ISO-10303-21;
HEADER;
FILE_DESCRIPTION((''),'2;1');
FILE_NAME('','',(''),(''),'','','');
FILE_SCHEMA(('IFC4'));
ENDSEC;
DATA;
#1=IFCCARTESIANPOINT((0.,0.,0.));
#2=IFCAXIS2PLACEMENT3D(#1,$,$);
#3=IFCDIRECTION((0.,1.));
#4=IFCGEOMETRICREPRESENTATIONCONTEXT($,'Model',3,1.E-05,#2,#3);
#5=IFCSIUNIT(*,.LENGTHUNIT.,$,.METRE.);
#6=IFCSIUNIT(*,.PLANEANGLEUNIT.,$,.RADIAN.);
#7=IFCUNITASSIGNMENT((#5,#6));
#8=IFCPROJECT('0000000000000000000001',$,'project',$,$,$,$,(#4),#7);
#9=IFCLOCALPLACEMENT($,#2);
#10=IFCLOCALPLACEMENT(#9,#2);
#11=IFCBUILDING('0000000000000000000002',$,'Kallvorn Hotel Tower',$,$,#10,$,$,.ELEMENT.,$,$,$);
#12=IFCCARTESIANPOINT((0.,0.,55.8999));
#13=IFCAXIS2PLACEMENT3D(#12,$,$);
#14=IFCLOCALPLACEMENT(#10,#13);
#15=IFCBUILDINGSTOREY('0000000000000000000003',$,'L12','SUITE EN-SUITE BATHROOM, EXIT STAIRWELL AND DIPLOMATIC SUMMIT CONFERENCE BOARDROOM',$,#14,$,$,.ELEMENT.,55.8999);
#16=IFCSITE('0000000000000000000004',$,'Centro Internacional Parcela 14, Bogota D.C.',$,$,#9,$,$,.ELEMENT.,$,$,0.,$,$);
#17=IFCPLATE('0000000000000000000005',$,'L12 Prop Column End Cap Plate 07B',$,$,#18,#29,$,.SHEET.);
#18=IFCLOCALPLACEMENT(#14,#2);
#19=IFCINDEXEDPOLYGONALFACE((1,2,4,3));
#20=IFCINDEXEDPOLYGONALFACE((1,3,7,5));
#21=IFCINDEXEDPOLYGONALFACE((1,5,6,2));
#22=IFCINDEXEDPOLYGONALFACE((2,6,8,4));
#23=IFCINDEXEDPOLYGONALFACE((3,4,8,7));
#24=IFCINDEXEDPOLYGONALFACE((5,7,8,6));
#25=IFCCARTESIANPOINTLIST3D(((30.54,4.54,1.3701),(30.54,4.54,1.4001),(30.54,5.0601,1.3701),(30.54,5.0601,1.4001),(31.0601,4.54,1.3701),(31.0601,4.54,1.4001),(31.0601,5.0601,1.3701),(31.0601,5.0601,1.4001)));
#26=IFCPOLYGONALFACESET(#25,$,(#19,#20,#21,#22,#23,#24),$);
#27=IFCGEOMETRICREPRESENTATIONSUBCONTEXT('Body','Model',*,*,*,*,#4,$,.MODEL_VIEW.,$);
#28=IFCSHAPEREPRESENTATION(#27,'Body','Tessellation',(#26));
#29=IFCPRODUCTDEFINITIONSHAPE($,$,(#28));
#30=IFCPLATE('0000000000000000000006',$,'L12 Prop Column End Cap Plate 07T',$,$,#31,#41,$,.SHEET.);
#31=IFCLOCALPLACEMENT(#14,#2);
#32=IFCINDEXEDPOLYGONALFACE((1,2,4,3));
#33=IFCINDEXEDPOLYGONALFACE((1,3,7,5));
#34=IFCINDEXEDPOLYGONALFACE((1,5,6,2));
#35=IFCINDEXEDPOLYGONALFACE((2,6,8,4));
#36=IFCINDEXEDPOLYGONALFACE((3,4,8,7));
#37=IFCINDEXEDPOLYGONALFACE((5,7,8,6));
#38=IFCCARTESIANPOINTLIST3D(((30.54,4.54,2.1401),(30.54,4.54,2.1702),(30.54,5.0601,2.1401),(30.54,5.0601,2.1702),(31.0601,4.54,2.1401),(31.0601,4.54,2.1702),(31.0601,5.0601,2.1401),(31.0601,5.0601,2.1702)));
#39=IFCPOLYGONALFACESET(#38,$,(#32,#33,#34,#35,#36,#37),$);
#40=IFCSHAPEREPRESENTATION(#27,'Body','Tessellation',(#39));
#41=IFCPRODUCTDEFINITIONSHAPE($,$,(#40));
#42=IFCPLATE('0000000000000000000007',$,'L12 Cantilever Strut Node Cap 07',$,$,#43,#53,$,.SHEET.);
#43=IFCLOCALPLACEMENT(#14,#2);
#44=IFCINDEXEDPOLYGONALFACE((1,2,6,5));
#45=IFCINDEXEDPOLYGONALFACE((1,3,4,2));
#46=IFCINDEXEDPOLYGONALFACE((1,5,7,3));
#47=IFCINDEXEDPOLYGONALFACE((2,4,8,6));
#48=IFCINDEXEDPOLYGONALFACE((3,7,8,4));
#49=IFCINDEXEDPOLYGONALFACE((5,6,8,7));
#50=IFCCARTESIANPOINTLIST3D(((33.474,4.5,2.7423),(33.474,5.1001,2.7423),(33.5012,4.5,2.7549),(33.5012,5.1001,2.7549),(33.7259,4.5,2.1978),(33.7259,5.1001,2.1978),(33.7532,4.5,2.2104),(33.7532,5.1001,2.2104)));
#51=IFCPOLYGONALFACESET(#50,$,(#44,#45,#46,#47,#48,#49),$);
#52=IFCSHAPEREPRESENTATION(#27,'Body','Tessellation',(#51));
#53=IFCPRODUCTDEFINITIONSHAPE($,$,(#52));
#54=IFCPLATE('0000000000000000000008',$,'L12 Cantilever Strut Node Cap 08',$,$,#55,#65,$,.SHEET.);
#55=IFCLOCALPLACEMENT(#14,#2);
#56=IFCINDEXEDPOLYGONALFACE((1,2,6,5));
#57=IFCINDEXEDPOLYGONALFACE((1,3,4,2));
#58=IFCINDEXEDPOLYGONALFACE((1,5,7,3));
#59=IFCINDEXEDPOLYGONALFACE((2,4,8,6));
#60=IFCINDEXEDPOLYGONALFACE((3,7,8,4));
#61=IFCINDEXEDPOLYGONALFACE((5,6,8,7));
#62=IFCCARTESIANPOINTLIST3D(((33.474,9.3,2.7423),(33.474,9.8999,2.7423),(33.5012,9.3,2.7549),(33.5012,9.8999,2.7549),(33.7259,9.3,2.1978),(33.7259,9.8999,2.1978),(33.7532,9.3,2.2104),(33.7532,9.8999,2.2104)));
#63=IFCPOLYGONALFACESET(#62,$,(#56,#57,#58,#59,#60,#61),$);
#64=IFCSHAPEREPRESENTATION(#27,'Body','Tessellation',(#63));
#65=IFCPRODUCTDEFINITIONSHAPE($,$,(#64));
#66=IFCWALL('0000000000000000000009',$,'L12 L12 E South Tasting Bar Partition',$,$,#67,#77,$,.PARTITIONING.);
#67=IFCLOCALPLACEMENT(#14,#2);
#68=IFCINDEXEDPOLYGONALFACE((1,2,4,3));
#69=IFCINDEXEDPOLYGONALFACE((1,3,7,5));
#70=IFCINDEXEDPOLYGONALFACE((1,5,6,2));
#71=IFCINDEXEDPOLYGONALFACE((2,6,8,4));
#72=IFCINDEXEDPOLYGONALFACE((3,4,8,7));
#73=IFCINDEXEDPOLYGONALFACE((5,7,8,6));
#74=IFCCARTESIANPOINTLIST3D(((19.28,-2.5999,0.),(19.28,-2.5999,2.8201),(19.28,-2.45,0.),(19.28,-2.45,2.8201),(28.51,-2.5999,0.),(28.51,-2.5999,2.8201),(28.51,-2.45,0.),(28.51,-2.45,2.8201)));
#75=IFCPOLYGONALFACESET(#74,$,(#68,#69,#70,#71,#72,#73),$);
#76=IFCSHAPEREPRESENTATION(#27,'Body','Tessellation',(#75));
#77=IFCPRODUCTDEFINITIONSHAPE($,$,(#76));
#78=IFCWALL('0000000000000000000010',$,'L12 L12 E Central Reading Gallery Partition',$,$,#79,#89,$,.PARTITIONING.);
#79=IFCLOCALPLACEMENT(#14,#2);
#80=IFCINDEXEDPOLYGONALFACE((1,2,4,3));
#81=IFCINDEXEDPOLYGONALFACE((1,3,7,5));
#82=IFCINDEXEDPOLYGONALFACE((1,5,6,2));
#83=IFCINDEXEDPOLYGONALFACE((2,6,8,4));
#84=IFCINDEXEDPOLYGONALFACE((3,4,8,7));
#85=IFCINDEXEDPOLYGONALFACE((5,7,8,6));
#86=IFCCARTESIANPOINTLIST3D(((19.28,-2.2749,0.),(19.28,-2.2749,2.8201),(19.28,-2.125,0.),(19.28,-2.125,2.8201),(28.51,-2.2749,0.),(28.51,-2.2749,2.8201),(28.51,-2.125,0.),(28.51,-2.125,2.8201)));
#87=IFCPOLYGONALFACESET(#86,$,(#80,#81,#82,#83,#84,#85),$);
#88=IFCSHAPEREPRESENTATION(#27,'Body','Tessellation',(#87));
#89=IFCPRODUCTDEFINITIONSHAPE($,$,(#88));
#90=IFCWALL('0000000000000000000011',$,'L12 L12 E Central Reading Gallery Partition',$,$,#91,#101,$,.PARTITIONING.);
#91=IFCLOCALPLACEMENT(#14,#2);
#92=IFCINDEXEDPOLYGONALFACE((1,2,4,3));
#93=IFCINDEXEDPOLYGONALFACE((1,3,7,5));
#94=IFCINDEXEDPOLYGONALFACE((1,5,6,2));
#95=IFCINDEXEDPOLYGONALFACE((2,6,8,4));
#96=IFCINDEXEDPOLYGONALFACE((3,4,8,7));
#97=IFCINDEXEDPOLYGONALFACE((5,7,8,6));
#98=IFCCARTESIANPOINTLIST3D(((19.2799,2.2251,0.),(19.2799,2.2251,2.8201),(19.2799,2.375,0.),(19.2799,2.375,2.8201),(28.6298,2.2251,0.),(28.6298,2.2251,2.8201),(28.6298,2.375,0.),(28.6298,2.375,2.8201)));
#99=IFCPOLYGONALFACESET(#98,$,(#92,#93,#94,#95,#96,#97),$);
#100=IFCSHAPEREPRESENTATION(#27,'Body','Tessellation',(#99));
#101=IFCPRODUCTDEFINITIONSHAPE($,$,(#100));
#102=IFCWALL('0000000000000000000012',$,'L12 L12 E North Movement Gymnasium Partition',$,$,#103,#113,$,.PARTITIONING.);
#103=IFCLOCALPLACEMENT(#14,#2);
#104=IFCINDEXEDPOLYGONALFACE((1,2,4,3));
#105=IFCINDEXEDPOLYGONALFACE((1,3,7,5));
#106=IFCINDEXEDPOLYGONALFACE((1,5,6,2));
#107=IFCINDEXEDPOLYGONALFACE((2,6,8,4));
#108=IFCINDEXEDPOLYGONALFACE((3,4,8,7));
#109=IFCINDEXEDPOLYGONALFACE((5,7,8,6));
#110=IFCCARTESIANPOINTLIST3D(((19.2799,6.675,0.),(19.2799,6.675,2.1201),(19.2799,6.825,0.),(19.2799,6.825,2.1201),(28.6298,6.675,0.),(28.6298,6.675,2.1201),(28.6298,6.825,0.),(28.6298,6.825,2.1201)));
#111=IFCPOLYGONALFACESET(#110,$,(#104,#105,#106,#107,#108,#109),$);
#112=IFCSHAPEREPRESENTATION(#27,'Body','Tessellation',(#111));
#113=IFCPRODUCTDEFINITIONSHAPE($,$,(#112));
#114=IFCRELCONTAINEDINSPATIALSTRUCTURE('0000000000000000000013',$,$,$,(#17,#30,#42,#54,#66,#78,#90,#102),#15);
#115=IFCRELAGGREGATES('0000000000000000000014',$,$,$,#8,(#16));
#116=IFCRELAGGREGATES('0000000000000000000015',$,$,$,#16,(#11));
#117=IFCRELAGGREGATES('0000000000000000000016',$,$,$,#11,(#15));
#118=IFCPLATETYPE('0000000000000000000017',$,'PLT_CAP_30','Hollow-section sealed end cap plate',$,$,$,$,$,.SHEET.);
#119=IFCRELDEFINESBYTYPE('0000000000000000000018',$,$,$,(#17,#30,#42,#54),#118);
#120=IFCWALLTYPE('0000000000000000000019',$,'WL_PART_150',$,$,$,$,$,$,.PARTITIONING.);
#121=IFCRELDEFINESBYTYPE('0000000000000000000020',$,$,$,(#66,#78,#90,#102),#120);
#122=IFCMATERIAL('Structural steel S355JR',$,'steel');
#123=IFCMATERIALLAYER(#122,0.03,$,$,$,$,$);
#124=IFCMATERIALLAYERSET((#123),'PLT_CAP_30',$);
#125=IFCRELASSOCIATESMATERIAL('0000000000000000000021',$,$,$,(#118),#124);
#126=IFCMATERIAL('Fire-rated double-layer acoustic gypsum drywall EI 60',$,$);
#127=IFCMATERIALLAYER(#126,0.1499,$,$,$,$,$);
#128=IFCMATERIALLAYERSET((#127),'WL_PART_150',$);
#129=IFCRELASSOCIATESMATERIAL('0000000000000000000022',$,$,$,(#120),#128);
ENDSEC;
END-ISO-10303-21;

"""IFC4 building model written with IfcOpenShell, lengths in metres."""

from ifc_helpers import new_model, si_unit, direction, frame, frame_2d, origin, origin_2d, place, context, subcontext, project, spatial, polyline, rectangle, outline, extrude, material, layer, layer_set, type_object, element, save


model = new_model("IFC4")

# Units and contexts
model_context = context("Model", 3, precision=1e-05, world=origin(), true_north=direction((0.0, 1.0)))
body_context = subcontext(model_context, "Body", "Model", "MODEL_VIEW")
ifc_project = project(units=[si_unit("LENGTHUNIT", "METRE"), si_unit("PLANEANGLEUNIT", "RADIAN")], contexts=[model_context])

# Site, building, storey
site_placement = place(None, origin())
site = spatial("IfcSite", under=ifc_project, at=site_placement, Name="Centro Internacional Parcela 14, Bogota D.C.", CompositionType="ELEMENT", RefElevation=0.0)
building_placement = place(site_placement, origin())
building = spatial("IfcBuilding", under=site, at=building_placement, Name="Kallvorn Hotel Tower", CompositionType="ELEMENT")
storey_placement = place(building_placement, frame((0.0, 0.0, 55.8999)))
storey = spatial("IfcBuildingStorey", under=building, at=storey_placement, Name="L12", Description="SUITE EN-SUITE BATHROOM, EXIT STAIRWELL AND DIPLOMATIC SUMMIT CONFERENCE BOARDROOM", CompositionType="ELEMENT", Elevation=55.8999)

# Plates
ifc_material_1 = material(Name="Structural steel S355JR", Category="steel")
ifc_layer_1 = layer(ifc_material_1, 0.03)
ifc_layer_set_1 = layer_set([ifc_layer_1], Name="PLT_CAP_30")
plate_type_1 = type_object("IfcPlateType", Name="PLT_CAP_30", Description="Hollow-section sealed end cap plate", PredefinedType="SHEET", material=ifc_layer_set_1)
for number, where, z_axis, x_axis, name in (
    (1, (30.8, 4.8, 1.3701), (0.0, 0.0, 1.0), (1.0, 0.0, 0.0), "L12 Prop Column End Cap Plate 07B"),
    (2, (30.8, 4.8, 2.1401), (0.0, 0.0, 1.0), (1.0, 0.0, 0.0), "L12 Prop Column End Cap Plate 07T"),
):
    element("IfcPlate", number, at=place(storey_placement, frame(where, z_axis=z_axis, x_axis=x_axis)), inside=storey, type_object=plate_type_1, Name=name, PredefinedType="SHEET", context=body_context, shape_type="SweptSolid", body=[
        extrude(rectangle(XDim=0.52, YDim=0.52, at=origin_2d()), origin(), (0.0, 0.0, 1.0), 0.03),
    ])
plate_1_placement = place(storey_placement, frame((33.7532, 4.5, 2.2104), z_axis=(0.90753, 0.0, 0.419987), x_axis=(0.0, 1.0, 0.0)))
element("IfcPlate", 3, at=plate_1_placement, inside=storey, type_object=plate_type_1, Name="L12 Cantilever Strut Node Cap 07", PredefinedType="SHEET", context=body_context, shape_type="SweptSolid", body=[
    extrude(outline(polyline([(0.0, 0.0), (0.6001, 0.0), (0.6001, 0.5999), (0.0, 0.5999), (0.0, 0.0)])), origin(), (0.0, 0.0, -1.0), 0.03),
])
plate_2_placement = place(storey_placement, frame((33.7532, 9.3, 2.2104), z_axis=(0.90753, 0.0, 0.419987), x_axis=(0.0, 1.0, 0.0)))
element("IfcPlate", 4, at=plate_2_placement, inside=storey, type_object=plate_type_1, Name="L12 Cantilever Strut Node Cap 08", PredefinedType="SHEET", context=body_context, shape_type="SweptSolid", body=[
    extrude(outline(polyline([(0.0, 0.0), (0.5999, 0.0), (0.5999, 0.5999), (0.0, 0.5999), (0.0, 0.0)])), origin(), (0.0, 0.0, -1.0), 0.03),
])

# Walls
ifc_material_2 = material(Name="Fire-rated double-layer acoustic gypsum drywall EI 60")
ifc_layer_2 = layer(ifc_material_2, 0.1499)
ifc_layer_set_2 = layer_set([ifc_layer_2], Name="WL_PART_150")
wall_type = type_object("IfcWallType", Name="WL_PART_150", PredefinedType="PARTITIONING", material=ifc_layer_set_2)
for number, where, z_axis, x_axis, name in (
    (5, (19.28, -2.5249, 0.0), (0.0, 0.0, 1.0), (1.0, 0.0, 0.0), "L12 L12 E South Tasting Bar Partition"),
    (6, (19.28, -2.2, 0.0), (0.0, 0.0, 1.0), (1.0, 0.0, 0.0), "L12 L12 E Central Reading Gallery Partition"),
):
    element("IfcWall", number, at=place(storey_placement, frame(where, z_axis=z_axis, x_axis=x_axis)), inside=storey, type_object=wall_type, Name=name, PredefinedType="PARTITIONING", context=body_context, shape_type="SweptSolid", body=[
        extrude(rectangle(XDim=9.23, YDim=0.1499, at=frame_2d((4.615, 0.0))), origin(), (0.0, 0.0, 1.0), 2.8201),
    ])
wall_1_placement = place(storey_placement, frame((19.28, 2.3, 0.0), z_axis=(0.0, 0.0, 1.0), x_axis=(1.0, 0.0, 0.0)))
element("IfcWall", 7, at=wall_1_placement, inside=storey, type_object=wall_type, Name="L12 L12 E Central Reading Gallery Partition", PredefinedType="PARTITIONING", context=body_context, shape_type="SweptSolid", body=[
    extrude(rectangle(XDim=9.3499, YDim=0.1499, at=frame_2d((4.6748, 0.0))), origin(), (0.0, 0.0, 1.0), 2.8201),
])
wall_2_placement = place(storey_placement, frame((19.28, 6.75, 0.0), z_axis=(0.0, 0.0, 1.0), x_axis=(1.0, 0.0, 0.0)))
element("IfcWall", 8, at=wall_2_placement, inside=storey, type_object=wall_type, Name="L12 L12 E North Movement Gymnasium Partition", PredefinedType="PARTITIONING", context=body_context, shape_type="SweptSolid", body=[
    extrude(rectangle(XDim=9.3499, YDim=0.1499, at=frame_2d((4.6748, 0.0))), origin(), (0.0, 0.0, 1.0), 2.1201),
])

save(model, "model.ifc")
